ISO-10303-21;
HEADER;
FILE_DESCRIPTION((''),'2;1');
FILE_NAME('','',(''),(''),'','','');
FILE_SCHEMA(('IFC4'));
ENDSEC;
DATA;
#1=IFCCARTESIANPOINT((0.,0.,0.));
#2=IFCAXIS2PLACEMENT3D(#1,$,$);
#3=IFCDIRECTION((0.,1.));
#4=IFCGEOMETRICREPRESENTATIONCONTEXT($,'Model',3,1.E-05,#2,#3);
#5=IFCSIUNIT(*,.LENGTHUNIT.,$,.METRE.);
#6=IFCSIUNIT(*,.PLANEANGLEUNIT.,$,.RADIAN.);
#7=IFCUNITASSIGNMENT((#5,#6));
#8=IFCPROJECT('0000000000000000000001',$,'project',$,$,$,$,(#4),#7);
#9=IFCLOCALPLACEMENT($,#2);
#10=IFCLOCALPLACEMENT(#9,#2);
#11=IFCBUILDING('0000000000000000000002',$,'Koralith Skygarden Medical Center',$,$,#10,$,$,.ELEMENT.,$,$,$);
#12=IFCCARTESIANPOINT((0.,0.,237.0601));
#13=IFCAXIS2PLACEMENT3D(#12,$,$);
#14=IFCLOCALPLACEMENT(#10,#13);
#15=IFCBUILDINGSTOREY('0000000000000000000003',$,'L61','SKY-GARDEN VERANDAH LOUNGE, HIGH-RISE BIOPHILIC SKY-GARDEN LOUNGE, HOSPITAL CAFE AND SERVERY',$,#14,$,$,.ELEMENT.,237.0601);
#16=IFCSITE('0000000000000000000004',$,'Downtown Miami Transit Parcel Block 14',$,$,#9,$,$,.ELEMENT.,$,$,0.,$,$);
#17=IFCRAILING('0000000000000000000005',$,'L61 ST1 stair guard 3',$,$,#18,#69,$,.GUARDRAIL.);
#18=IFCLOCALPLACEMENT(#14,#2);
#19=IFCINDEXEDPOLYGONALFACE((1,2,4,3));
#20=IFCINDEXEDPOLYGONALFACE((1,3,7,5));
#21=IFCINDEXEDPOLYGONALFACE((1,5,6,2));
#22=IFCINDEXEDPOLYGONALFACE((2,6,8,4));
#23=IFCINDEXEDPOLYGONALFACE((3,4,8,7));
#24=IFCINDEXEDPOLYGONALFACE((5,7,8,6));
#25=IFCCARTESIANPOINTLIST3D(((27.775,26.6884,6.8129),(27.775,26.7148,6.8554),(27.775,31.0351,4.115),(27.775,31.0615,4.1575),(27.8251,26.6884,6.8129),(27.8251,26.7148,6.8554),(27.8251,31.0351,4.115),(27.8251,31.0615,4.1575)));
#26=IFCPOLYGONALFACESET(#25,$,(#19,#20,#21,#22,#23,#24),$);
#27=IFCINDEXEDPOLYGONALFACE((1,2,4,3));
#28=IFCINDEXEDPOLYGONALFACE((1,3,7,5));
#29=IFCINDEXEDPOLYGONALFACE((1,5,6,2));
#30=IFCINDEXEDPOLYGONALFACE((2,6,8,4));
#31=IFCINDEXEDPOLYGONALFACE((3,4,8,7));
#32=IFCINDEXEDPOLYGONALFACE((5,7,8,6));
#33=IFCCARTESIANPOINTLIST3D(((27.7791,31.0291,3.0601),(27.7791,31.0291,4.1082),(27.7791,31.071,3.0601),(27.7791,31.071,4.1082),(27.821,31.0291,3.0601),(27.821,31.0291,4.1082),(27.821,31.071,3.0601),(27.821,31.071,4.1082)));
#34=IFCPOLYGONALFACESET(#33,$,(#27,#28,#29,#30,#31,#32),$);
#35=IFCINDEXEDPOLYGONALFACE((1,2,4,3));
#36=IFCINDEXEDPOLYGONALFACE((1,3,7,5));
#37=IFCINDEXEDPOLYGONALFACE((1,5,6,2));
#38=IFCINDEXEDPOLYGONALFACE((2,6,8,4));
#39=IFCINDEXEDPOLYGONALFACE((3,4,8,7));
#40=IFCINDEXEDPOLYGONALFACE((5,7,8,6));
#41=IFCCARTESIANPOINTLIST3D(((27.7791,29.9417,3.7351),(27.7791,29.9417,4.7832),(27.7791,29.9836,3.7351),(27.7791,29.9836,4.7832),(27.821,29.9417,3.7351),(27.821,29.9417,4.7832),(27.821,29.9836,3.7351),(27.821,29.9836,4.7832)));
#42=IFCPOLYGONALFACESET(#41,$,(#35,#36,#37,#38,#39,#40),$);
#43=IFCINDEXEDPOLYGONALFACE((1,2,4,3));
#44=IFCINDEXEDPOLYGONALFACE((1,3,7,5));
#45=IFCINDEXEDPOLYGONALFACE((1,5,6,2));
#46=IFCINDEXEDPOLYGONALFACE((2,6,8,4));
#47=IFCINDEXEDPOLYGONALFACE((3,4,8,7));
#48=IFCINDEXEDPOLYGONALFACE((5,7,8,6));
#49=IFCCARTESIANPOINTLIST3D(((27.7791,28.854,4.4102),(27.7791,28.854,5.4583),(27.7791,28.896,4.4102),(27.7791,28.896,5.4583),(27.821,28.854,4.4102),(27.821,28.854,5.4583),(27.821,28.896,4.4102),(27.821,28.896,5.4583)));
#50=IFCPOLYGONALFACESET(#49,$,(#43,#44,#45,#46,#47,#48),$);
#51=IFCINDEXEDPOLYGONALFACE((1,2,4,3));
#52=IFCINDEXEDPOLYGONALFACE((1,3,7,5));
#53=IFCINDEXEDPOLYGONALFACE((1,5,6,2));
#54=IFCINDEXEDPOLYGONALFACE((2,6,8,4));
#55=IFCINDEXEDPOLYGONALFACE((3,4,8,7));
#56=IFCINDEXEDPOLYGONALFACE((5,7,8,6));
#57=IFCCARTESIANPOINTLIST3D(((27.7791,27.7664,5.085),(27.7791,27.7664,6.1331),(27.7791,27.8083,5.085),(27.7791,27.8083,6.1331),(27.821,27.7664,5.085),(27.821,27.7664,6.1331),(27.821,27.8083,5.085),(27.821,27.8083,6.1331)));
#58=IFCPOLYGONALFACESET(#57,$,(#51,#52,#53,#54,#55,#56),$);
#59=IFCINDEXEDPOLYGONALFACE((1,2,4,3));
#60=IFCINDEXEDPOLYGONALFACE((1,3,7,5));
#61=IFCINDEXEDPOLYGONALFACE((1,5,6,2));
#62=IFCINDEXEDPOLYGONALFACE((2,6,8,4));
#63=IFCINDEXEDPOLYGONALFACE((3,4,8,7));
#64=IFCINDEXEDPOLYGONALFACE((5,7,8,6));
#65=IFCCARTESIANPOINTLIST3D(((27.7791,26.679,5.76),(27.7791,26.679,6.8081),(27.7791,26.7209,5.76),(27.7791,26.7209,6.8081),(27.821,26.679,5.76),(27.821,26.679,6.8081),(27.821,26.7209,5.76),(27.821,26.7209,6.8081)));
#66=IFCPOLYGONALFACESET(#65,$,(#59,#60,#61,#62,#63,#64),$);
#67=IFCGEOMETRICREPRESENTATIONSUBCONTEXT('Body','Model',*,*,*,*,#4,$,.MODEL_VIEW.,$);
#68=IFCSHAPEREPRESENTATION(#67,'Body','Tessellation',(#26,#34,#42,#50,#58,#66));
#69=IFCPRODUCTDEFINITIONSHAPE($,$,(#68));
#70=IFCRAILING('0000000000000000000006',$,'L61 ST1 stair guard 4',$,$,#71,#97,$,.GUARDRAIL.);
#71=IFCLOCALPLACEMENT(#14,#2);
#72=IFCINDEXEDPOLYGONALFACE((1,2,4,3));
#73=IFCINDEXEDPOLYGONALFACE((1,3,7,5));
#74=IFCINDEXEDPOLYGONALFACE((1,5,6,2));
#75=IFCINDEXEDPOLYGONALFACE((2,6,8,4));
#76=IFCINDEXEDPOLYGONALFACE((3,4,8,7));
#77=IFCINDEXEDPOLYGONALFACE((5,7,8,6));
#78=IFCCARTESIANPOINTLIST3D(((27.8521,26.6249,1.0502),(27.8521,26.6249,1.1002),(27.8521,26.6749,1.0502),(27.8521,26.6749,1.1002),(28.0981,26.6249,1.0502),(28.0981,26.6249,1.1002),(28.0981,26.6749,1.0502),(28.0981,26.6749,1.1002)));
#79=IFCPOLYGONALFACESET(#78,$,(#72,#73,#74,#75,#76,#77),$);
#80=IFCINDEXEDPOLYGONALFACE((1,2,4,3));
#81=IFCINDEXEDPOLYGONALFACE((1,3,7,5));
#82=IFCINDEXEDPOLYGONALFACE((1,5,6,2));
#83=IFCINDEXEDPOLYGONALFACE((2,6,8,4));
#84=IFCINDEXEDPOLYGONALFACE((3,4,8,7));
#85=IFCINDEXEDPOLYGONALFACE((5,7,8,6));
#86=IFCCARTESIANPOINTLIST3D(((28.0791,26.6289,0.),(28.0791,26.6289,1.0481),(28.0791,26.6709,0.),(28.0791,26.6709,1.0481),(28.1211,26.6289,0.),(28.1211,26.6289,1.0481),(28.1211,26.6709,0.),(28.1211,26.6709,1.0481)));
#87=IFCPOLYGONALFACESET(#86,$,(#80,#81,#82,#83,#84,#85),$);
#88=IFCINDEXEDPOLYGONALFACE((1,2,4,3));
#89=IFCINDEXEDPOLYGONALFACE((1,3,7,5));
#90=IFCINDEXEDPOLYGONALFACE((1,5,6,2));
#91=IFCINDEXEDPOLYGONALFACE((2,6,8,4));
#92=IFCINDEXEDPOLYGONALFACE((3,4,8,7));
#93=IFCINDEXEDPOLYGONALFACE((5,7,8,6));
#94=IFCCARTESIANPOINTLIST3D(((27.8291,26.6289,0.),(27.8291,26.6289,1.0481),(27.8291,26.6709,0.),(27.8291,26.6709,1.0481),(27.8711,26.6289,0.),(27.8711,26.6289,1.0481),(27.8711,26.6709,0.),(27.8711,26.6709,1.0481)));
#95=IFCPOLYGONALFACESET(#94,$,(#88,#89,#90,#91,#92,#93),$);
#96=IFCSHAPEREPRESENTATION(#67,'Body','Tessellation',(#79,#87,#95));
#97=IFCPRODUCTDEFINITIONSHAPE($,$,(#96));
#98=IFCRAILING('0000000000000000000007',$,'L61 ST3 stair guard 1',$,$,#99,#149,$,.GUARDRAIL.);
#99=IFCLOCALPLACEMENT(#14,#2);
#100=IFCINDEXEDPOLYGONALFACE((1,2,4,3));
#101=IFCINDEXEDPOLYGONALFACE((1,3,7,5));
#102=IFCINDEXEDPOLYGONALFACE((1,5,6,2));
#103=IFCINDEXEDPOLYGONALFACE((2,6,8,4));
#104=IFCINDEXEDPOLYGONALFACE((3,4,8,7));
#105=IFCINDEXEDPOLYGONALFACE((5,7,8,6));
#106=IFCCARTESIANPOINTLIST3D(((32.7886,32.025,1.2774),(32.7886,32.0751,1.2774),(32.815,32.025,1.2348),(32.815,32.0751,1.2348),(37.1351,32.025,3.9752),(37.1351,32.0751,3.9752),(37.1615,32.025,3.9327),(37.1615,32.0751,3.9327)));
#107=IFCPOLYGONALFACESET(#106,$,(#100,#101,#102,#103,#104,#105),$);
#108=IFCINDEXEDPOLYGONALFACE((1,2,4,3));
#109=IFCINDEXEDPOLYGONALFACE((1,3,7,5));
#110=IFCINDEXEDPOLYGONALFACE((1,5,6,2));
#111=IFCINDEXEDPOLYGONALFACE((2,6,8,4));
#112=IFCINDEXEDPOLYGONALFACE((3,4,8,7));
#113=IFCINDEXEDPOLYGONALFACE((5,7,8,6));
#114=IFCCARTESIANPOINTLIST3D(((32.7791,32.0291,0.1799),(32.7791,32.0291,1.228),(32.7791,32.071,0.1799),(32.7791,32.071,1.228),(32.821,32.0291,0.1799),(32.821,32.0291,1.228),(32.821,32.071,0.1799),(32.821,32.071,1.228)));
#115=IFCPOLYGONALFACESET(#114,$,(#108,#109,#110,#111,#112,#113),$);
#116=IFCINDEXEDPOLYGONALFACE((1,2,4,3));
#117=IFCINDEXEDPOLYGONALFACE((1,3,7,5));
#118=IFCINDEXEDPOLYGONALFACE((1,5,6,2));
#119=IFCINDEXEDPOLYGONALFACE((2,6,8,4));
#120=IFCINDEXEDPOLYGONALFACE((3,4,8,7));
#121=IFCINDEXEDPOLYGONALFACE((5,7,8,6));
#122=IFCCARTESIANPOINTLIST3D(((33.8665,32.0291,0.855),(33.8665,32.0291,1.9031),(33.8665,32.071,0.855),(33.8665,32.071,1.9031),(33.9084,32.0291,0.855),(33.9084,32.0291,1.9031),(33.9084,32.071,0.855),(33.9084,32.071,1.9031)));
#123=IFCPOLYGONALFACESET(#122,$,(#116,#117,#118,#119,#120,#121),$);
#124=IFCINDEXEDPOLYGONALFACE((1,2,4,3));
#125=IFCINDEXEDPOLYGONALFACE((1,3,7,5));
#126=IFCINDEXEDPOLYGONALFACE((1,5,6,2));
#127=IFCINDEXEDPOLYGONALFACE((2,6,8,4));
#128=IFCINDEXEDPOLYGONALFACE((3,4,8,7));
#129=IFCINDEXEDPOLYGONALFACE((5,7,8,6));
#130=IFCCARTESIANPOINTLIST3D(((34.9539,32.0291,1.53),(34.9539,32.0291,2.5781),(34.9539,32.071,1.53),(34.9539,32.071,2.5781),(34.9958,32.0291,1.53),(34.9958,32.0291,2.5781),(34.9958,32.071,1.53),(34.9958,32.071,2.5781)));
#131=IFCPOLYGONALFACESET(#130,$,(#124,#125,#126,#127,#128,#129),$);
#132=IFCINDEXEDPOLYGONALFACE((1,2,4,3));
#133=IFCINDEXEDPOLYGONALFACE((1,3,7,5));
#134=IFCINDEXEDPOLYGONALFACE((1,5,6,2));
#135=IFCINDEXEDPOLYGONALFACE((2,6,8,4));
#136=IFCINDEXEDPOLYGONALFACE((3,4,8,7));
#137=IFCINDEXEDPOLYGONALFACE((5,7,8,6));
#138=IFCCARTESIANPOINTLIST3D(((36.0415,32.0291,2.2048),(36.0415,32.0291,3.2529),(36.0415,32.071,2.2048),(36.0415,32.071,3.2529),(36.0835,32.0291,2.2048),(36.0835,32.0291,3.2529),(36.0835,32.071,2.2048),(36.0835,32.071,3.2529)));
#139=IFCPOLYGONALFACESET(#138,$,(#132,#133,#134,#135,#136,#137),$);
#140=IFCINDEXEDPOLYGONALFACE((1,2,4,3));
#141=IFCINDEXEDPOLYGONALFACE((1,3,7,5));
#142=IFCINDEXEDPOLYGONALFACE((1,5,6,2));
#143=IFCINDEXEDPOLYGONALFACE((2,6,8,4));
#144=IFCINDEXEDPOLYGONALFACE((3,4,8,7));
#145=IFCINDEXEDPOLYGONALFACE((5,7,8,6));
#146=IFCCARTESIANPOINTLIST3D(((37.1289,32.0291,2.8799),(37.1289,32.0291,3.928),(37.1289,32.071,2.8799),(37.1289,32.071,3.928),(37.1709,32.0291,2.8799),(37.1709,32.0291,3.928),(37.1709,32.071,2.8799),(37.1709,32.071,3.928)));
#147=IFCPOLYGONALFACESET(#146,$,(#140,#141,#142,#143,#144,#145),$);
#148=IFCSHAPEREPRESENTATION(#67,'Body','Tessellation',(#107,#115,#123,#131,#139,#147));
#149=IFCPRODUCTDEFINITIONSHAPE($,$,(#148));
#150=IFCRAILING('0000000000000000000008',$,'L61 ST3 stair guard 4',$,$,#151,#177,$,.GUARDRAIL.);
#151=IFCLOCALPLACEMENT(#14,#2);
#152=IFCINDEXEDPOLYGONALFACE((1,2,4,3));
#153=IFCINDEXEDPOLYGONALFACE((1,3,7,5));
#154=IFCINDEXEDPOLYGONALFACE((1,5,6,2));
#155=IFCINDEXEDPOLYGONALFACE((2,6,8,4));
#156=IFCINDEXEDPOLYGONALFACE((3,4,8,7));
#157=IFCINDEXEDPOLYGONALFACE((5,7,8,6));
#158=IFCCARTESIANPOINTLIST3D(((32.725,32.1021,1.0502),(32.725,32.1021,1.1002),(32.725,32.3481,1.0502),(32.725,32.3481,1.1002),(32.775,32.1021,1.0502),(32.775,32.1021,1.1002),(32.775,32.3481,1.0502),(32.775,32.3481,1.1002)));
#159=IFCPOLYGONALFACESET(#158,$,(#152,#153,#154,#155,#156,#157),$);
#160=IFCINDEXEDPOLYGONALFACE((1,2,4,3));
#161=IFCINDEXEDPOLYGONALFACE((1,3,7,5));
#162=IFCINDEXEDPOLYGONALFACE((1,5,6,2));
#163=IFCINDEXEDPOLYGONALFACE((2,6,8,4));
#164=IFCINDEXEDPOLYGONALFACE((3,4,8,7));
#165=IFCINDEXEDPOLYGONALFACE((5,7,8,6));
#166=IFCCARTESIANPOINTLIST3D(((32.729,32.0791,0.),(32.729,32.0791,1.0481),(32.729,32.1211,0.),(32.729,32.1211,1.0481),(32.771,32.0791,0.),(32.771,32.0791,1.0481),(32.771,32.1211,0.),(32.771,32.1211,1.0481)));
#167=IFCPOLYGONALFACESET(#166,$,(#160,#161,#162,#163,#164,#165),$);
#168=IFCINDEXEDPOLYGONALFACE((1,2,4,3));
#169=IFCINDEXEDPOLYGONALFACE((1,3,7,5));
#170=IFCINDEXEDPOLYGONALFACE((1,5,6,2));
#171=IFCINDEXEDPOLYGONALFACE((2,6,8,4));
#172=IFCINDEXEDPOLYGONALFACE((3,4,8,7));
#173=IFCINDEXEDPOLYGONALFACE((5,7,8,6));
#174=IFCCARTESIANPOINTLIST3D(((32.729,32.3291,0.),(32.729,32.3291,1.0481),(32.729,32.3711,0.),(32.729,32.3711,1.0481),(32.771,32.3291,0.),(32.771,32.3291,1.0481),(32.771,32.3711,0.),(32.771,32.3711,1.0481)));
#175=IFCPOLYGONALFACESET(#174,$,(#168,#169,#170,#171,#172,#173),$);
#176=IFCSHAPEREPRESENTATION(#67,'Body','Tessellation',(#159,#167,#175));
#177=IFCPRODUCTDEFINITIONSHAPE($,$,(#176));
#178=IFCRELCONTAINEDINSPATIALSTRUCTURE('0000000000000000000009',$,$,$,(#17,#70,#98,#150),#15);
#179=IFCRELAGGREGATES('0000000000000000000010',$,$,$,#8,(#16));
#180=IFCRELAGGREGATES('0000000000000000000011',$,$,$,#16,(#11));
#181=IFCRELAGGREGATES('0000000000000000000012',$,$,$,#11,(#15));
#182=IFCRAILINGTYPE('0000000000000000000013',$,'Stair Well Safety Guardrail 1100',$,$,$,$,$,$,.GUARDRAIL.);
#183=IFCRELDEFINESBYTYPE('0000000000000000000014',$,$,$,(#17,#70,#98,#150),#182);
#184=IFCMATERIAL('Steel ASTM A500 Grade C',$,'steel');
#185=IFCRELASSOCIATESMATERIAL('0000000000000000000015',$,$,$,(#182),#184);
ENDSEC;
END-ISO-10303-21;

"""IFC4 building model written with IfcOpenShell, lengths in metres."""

from ifc_helpers import new_model, si_unit, direction, frame, origin, origin_2d, place, context, subcontext, project, spatial, rectangle, extrude, material, type_object, element, save


model = new_model("IFC4")

# Units and contexts
model_context = context("Model", 3, precision=1e-05, world=origin(), true_north=direction((0.0, 1.0)))
body_context = subcontext(model_context, "Body", "Model", "MODEL_VIEW")
ifc_project = project(units=[si_unit("LENGTHUNIT", "METRE"), si_unit("PLANEANGLEUNIT", "RADIAN")], contexts=[model_context])

# Site, building, storey
site_placement = place(None, origin())
site = spatial("IfcSite", under=ifc_project, at=site_placement, Name="Downtown Miami Transit Parcel Block 14", CompositionType="ELEMENT", RefElevation=0.0)
building_placement = place(site_placement, origin())
building = spatial("IfcBuilding", under=site, at=building_placement, Name="Koralith Skygarden Medical Center", CompositionType="ELEMENT")
storey_placement = place(building_placement, frame((0.0, 0.0, 237.0601)))
storey = spatial("IfcBuildingStorey", under=building, at=storey_placement, Name="L61", Description="SKY-GARDEN VERANDAH LOUNGE, HIGH-RISE BIOPHILIC SKY-GARDEN LOUNGE, HOSPITAL CAFE AND SERVERY", CompositionType="ELEMENT", Elevation=237.0601)

# Shared definitions
ifc_material_1 = material(Name="Steel ASTM A500 Grade C", Category="steel")

# Railings
railing_type_1 = type_object("IfcRailingType", Name="Stair Well Safety Guardrail 1100", PredefinedType="GUARDRAIL", material=ifc_material_1)
railing_1_placement = place(storey_placement, frame((27.8, 31.05, 3.0601)))
element("IfcRailing", 1, at=railing_1_placement, inside=storey, type_object=railing_type_1, Name="L61 ST1 stair guard 3", PredefinedType="GUARDRAIL", context=body_context, shape_type="SweptSolid", body=[
    extrude(rectangle(XDim=0.05, YDim=0.05, at=origin_2d()), frame((0.0, -0.0017, 1.0762), z_axis=(0.0, -0.84965, 0.527347), x_axis=(1.0, 0.0, 0.0)), (0.0, 0.0, 1.0), 5.116),
    extrude(rectangle(XDim=0.042, YDim=0.042, at=origin_2d()), origin(), (0.0, 0.0, 1.0), 1.0481),
    extrude(rectangle(XDim=0.042, YDim=0.042, at=origin_2d()), frame((0.0, -1.0874, 0.675)), (0.0, 0.0, 1.0), 1.0481),
    extrude(rectangle(XDim=0.042, YDim=0.042, at=origin_2d()), frame((0.0, -2.175, 1.3501)), (0.0, 0.0, 1.0), 1.0481),
    extrude(rectangle(XDim=0.042, YDim=0.042, at=origin_2d()), frame((0.0, -3.2627, 2.0249)), (0.0, 0.0, 1.0), 1.0481),
    extrude(rectangle(XDim=0.042, YDim=0.042, at=origin_2d()), frame((0.0, -4.3501, 2.7)), (0.0, 0.0, 1.0), 1.0481),
])
railing_2_placement = place(storey_placement, frame((28.1001, 26.6499, 0.0)))
element("IfcRailing", 2, at=railing_2_placement, inside=storey, type_object=railing_type_1, Name="L61 ST1 stair guard 4", PredefinedType="GUARDRAIL", context=body_context, shape_type="SweptSolid", body=[
    extrude(rectangle(XDim=0.05, YDim=0.05, at=origin_2d()), frame((-0.002, 0.0, 1.0752), z_axis=(-1.0, 0.0, 0.0), x_axis=(0.0, -1.0, 0.0)), (0.0, 0.0, 1.0), 0.2461),
    extrude(rectangle(XDim=0.042, YDim=0.042, at=origin_2d()), origin(), (0.0, 0.0, 1.0), 1.0481),
    extrude(rectangle(XDim=0.042, YDim=0.042, at=origin_2d()), frame((-0.25, 0.0, 0.0)), (0.0, 0.0, 1.0), 1.0481),
])
railing_3_placement = place(storey_placement, frame((32.8, 32.05, 0.1799)))
element("IfcRailing", 3, at=railing_3_placement, inside=storey, type_object=railing_type_1, Name="L61 ST3 stair guard 1", PredefinedType="GUARDRAIL", context=body_context, shape_type="SweptSolid", body=[
    extrude(rectangle(XDim=0.05, YDim=0.05, at=origin_2d()), frame((0.0017, 0.0, 1.0762), z_axis=(0.849636, 0.0, 0.527369), x_axis=(0.0, 1.0, 0.0)), (0.0, 0.0, 1.0), 5.1157),
    extrude(rectangle(XDim=0.042, YDim=0.042, at=origin_2d()), origin(), (0.0, 0.0, 1.0), 1.0481),
    extrude(rectangle(XDim=0.042, YDim=0.042, at=origin_2d()), frame((1.0874, 0.0, 0.675)), (0.0, 0.0, 1.0), 1.0481),
    extrude(rectangle(XDim=0.042, YDim=0.042, at=origin_2d()), frame((2.1748, 0.0, 1.3501)), (0.0, 0.0, 1.0), 1.0481),
    extrude(rectangle(XDim=0.042, YDim=0.042, at=origin_2d()), frame((3.2625, 0.0, 2.0249)), (0.0, 0.0, 1.0), 1.0481),
    extrude(rectangle(XDim=0.042, YDim=0.042, at=origin_2d()), frame((4.3499, 0.0, 2.7)), (0.0, 0.0, 1.0), 1.0481),
])
railing_4_placement = place(storey_placement, frame((32.75, 32.1001, 0.0)))
element("IfcRailing", 4, at=railing_4_placement, inside=storey, type_object=railing_type_1, Name="L61 ST3 stair guard 4", PredefinedType="GUARDRAIL", context=body_context, shape_type="SweptSolid", body=[
    extrude(rectangle(XDim=0.05, YDim=0.05, at=origin_2d()), frame((0.0, 0.002, 1.0752), z_axis=(0.0, 1.0, 0.0), x_axis=(-1.0, 0.0, 0.0)), (0.0, 0.0, 1.0), 0.2461),
    extrude(rectangle(XDim=0.042, YDim=0.042, at=origin_2d()), origin(), (0.0, 0.0, 1.0), 1.0481),
    extrude(rectangle(XDim=0.042, YDim=0.042, at=origin_2d()), frame((0.0, 0.25, 0.0)), (0.0, 0.0, 1.0), 1.0481),
])

save(model, "model.ifc")
